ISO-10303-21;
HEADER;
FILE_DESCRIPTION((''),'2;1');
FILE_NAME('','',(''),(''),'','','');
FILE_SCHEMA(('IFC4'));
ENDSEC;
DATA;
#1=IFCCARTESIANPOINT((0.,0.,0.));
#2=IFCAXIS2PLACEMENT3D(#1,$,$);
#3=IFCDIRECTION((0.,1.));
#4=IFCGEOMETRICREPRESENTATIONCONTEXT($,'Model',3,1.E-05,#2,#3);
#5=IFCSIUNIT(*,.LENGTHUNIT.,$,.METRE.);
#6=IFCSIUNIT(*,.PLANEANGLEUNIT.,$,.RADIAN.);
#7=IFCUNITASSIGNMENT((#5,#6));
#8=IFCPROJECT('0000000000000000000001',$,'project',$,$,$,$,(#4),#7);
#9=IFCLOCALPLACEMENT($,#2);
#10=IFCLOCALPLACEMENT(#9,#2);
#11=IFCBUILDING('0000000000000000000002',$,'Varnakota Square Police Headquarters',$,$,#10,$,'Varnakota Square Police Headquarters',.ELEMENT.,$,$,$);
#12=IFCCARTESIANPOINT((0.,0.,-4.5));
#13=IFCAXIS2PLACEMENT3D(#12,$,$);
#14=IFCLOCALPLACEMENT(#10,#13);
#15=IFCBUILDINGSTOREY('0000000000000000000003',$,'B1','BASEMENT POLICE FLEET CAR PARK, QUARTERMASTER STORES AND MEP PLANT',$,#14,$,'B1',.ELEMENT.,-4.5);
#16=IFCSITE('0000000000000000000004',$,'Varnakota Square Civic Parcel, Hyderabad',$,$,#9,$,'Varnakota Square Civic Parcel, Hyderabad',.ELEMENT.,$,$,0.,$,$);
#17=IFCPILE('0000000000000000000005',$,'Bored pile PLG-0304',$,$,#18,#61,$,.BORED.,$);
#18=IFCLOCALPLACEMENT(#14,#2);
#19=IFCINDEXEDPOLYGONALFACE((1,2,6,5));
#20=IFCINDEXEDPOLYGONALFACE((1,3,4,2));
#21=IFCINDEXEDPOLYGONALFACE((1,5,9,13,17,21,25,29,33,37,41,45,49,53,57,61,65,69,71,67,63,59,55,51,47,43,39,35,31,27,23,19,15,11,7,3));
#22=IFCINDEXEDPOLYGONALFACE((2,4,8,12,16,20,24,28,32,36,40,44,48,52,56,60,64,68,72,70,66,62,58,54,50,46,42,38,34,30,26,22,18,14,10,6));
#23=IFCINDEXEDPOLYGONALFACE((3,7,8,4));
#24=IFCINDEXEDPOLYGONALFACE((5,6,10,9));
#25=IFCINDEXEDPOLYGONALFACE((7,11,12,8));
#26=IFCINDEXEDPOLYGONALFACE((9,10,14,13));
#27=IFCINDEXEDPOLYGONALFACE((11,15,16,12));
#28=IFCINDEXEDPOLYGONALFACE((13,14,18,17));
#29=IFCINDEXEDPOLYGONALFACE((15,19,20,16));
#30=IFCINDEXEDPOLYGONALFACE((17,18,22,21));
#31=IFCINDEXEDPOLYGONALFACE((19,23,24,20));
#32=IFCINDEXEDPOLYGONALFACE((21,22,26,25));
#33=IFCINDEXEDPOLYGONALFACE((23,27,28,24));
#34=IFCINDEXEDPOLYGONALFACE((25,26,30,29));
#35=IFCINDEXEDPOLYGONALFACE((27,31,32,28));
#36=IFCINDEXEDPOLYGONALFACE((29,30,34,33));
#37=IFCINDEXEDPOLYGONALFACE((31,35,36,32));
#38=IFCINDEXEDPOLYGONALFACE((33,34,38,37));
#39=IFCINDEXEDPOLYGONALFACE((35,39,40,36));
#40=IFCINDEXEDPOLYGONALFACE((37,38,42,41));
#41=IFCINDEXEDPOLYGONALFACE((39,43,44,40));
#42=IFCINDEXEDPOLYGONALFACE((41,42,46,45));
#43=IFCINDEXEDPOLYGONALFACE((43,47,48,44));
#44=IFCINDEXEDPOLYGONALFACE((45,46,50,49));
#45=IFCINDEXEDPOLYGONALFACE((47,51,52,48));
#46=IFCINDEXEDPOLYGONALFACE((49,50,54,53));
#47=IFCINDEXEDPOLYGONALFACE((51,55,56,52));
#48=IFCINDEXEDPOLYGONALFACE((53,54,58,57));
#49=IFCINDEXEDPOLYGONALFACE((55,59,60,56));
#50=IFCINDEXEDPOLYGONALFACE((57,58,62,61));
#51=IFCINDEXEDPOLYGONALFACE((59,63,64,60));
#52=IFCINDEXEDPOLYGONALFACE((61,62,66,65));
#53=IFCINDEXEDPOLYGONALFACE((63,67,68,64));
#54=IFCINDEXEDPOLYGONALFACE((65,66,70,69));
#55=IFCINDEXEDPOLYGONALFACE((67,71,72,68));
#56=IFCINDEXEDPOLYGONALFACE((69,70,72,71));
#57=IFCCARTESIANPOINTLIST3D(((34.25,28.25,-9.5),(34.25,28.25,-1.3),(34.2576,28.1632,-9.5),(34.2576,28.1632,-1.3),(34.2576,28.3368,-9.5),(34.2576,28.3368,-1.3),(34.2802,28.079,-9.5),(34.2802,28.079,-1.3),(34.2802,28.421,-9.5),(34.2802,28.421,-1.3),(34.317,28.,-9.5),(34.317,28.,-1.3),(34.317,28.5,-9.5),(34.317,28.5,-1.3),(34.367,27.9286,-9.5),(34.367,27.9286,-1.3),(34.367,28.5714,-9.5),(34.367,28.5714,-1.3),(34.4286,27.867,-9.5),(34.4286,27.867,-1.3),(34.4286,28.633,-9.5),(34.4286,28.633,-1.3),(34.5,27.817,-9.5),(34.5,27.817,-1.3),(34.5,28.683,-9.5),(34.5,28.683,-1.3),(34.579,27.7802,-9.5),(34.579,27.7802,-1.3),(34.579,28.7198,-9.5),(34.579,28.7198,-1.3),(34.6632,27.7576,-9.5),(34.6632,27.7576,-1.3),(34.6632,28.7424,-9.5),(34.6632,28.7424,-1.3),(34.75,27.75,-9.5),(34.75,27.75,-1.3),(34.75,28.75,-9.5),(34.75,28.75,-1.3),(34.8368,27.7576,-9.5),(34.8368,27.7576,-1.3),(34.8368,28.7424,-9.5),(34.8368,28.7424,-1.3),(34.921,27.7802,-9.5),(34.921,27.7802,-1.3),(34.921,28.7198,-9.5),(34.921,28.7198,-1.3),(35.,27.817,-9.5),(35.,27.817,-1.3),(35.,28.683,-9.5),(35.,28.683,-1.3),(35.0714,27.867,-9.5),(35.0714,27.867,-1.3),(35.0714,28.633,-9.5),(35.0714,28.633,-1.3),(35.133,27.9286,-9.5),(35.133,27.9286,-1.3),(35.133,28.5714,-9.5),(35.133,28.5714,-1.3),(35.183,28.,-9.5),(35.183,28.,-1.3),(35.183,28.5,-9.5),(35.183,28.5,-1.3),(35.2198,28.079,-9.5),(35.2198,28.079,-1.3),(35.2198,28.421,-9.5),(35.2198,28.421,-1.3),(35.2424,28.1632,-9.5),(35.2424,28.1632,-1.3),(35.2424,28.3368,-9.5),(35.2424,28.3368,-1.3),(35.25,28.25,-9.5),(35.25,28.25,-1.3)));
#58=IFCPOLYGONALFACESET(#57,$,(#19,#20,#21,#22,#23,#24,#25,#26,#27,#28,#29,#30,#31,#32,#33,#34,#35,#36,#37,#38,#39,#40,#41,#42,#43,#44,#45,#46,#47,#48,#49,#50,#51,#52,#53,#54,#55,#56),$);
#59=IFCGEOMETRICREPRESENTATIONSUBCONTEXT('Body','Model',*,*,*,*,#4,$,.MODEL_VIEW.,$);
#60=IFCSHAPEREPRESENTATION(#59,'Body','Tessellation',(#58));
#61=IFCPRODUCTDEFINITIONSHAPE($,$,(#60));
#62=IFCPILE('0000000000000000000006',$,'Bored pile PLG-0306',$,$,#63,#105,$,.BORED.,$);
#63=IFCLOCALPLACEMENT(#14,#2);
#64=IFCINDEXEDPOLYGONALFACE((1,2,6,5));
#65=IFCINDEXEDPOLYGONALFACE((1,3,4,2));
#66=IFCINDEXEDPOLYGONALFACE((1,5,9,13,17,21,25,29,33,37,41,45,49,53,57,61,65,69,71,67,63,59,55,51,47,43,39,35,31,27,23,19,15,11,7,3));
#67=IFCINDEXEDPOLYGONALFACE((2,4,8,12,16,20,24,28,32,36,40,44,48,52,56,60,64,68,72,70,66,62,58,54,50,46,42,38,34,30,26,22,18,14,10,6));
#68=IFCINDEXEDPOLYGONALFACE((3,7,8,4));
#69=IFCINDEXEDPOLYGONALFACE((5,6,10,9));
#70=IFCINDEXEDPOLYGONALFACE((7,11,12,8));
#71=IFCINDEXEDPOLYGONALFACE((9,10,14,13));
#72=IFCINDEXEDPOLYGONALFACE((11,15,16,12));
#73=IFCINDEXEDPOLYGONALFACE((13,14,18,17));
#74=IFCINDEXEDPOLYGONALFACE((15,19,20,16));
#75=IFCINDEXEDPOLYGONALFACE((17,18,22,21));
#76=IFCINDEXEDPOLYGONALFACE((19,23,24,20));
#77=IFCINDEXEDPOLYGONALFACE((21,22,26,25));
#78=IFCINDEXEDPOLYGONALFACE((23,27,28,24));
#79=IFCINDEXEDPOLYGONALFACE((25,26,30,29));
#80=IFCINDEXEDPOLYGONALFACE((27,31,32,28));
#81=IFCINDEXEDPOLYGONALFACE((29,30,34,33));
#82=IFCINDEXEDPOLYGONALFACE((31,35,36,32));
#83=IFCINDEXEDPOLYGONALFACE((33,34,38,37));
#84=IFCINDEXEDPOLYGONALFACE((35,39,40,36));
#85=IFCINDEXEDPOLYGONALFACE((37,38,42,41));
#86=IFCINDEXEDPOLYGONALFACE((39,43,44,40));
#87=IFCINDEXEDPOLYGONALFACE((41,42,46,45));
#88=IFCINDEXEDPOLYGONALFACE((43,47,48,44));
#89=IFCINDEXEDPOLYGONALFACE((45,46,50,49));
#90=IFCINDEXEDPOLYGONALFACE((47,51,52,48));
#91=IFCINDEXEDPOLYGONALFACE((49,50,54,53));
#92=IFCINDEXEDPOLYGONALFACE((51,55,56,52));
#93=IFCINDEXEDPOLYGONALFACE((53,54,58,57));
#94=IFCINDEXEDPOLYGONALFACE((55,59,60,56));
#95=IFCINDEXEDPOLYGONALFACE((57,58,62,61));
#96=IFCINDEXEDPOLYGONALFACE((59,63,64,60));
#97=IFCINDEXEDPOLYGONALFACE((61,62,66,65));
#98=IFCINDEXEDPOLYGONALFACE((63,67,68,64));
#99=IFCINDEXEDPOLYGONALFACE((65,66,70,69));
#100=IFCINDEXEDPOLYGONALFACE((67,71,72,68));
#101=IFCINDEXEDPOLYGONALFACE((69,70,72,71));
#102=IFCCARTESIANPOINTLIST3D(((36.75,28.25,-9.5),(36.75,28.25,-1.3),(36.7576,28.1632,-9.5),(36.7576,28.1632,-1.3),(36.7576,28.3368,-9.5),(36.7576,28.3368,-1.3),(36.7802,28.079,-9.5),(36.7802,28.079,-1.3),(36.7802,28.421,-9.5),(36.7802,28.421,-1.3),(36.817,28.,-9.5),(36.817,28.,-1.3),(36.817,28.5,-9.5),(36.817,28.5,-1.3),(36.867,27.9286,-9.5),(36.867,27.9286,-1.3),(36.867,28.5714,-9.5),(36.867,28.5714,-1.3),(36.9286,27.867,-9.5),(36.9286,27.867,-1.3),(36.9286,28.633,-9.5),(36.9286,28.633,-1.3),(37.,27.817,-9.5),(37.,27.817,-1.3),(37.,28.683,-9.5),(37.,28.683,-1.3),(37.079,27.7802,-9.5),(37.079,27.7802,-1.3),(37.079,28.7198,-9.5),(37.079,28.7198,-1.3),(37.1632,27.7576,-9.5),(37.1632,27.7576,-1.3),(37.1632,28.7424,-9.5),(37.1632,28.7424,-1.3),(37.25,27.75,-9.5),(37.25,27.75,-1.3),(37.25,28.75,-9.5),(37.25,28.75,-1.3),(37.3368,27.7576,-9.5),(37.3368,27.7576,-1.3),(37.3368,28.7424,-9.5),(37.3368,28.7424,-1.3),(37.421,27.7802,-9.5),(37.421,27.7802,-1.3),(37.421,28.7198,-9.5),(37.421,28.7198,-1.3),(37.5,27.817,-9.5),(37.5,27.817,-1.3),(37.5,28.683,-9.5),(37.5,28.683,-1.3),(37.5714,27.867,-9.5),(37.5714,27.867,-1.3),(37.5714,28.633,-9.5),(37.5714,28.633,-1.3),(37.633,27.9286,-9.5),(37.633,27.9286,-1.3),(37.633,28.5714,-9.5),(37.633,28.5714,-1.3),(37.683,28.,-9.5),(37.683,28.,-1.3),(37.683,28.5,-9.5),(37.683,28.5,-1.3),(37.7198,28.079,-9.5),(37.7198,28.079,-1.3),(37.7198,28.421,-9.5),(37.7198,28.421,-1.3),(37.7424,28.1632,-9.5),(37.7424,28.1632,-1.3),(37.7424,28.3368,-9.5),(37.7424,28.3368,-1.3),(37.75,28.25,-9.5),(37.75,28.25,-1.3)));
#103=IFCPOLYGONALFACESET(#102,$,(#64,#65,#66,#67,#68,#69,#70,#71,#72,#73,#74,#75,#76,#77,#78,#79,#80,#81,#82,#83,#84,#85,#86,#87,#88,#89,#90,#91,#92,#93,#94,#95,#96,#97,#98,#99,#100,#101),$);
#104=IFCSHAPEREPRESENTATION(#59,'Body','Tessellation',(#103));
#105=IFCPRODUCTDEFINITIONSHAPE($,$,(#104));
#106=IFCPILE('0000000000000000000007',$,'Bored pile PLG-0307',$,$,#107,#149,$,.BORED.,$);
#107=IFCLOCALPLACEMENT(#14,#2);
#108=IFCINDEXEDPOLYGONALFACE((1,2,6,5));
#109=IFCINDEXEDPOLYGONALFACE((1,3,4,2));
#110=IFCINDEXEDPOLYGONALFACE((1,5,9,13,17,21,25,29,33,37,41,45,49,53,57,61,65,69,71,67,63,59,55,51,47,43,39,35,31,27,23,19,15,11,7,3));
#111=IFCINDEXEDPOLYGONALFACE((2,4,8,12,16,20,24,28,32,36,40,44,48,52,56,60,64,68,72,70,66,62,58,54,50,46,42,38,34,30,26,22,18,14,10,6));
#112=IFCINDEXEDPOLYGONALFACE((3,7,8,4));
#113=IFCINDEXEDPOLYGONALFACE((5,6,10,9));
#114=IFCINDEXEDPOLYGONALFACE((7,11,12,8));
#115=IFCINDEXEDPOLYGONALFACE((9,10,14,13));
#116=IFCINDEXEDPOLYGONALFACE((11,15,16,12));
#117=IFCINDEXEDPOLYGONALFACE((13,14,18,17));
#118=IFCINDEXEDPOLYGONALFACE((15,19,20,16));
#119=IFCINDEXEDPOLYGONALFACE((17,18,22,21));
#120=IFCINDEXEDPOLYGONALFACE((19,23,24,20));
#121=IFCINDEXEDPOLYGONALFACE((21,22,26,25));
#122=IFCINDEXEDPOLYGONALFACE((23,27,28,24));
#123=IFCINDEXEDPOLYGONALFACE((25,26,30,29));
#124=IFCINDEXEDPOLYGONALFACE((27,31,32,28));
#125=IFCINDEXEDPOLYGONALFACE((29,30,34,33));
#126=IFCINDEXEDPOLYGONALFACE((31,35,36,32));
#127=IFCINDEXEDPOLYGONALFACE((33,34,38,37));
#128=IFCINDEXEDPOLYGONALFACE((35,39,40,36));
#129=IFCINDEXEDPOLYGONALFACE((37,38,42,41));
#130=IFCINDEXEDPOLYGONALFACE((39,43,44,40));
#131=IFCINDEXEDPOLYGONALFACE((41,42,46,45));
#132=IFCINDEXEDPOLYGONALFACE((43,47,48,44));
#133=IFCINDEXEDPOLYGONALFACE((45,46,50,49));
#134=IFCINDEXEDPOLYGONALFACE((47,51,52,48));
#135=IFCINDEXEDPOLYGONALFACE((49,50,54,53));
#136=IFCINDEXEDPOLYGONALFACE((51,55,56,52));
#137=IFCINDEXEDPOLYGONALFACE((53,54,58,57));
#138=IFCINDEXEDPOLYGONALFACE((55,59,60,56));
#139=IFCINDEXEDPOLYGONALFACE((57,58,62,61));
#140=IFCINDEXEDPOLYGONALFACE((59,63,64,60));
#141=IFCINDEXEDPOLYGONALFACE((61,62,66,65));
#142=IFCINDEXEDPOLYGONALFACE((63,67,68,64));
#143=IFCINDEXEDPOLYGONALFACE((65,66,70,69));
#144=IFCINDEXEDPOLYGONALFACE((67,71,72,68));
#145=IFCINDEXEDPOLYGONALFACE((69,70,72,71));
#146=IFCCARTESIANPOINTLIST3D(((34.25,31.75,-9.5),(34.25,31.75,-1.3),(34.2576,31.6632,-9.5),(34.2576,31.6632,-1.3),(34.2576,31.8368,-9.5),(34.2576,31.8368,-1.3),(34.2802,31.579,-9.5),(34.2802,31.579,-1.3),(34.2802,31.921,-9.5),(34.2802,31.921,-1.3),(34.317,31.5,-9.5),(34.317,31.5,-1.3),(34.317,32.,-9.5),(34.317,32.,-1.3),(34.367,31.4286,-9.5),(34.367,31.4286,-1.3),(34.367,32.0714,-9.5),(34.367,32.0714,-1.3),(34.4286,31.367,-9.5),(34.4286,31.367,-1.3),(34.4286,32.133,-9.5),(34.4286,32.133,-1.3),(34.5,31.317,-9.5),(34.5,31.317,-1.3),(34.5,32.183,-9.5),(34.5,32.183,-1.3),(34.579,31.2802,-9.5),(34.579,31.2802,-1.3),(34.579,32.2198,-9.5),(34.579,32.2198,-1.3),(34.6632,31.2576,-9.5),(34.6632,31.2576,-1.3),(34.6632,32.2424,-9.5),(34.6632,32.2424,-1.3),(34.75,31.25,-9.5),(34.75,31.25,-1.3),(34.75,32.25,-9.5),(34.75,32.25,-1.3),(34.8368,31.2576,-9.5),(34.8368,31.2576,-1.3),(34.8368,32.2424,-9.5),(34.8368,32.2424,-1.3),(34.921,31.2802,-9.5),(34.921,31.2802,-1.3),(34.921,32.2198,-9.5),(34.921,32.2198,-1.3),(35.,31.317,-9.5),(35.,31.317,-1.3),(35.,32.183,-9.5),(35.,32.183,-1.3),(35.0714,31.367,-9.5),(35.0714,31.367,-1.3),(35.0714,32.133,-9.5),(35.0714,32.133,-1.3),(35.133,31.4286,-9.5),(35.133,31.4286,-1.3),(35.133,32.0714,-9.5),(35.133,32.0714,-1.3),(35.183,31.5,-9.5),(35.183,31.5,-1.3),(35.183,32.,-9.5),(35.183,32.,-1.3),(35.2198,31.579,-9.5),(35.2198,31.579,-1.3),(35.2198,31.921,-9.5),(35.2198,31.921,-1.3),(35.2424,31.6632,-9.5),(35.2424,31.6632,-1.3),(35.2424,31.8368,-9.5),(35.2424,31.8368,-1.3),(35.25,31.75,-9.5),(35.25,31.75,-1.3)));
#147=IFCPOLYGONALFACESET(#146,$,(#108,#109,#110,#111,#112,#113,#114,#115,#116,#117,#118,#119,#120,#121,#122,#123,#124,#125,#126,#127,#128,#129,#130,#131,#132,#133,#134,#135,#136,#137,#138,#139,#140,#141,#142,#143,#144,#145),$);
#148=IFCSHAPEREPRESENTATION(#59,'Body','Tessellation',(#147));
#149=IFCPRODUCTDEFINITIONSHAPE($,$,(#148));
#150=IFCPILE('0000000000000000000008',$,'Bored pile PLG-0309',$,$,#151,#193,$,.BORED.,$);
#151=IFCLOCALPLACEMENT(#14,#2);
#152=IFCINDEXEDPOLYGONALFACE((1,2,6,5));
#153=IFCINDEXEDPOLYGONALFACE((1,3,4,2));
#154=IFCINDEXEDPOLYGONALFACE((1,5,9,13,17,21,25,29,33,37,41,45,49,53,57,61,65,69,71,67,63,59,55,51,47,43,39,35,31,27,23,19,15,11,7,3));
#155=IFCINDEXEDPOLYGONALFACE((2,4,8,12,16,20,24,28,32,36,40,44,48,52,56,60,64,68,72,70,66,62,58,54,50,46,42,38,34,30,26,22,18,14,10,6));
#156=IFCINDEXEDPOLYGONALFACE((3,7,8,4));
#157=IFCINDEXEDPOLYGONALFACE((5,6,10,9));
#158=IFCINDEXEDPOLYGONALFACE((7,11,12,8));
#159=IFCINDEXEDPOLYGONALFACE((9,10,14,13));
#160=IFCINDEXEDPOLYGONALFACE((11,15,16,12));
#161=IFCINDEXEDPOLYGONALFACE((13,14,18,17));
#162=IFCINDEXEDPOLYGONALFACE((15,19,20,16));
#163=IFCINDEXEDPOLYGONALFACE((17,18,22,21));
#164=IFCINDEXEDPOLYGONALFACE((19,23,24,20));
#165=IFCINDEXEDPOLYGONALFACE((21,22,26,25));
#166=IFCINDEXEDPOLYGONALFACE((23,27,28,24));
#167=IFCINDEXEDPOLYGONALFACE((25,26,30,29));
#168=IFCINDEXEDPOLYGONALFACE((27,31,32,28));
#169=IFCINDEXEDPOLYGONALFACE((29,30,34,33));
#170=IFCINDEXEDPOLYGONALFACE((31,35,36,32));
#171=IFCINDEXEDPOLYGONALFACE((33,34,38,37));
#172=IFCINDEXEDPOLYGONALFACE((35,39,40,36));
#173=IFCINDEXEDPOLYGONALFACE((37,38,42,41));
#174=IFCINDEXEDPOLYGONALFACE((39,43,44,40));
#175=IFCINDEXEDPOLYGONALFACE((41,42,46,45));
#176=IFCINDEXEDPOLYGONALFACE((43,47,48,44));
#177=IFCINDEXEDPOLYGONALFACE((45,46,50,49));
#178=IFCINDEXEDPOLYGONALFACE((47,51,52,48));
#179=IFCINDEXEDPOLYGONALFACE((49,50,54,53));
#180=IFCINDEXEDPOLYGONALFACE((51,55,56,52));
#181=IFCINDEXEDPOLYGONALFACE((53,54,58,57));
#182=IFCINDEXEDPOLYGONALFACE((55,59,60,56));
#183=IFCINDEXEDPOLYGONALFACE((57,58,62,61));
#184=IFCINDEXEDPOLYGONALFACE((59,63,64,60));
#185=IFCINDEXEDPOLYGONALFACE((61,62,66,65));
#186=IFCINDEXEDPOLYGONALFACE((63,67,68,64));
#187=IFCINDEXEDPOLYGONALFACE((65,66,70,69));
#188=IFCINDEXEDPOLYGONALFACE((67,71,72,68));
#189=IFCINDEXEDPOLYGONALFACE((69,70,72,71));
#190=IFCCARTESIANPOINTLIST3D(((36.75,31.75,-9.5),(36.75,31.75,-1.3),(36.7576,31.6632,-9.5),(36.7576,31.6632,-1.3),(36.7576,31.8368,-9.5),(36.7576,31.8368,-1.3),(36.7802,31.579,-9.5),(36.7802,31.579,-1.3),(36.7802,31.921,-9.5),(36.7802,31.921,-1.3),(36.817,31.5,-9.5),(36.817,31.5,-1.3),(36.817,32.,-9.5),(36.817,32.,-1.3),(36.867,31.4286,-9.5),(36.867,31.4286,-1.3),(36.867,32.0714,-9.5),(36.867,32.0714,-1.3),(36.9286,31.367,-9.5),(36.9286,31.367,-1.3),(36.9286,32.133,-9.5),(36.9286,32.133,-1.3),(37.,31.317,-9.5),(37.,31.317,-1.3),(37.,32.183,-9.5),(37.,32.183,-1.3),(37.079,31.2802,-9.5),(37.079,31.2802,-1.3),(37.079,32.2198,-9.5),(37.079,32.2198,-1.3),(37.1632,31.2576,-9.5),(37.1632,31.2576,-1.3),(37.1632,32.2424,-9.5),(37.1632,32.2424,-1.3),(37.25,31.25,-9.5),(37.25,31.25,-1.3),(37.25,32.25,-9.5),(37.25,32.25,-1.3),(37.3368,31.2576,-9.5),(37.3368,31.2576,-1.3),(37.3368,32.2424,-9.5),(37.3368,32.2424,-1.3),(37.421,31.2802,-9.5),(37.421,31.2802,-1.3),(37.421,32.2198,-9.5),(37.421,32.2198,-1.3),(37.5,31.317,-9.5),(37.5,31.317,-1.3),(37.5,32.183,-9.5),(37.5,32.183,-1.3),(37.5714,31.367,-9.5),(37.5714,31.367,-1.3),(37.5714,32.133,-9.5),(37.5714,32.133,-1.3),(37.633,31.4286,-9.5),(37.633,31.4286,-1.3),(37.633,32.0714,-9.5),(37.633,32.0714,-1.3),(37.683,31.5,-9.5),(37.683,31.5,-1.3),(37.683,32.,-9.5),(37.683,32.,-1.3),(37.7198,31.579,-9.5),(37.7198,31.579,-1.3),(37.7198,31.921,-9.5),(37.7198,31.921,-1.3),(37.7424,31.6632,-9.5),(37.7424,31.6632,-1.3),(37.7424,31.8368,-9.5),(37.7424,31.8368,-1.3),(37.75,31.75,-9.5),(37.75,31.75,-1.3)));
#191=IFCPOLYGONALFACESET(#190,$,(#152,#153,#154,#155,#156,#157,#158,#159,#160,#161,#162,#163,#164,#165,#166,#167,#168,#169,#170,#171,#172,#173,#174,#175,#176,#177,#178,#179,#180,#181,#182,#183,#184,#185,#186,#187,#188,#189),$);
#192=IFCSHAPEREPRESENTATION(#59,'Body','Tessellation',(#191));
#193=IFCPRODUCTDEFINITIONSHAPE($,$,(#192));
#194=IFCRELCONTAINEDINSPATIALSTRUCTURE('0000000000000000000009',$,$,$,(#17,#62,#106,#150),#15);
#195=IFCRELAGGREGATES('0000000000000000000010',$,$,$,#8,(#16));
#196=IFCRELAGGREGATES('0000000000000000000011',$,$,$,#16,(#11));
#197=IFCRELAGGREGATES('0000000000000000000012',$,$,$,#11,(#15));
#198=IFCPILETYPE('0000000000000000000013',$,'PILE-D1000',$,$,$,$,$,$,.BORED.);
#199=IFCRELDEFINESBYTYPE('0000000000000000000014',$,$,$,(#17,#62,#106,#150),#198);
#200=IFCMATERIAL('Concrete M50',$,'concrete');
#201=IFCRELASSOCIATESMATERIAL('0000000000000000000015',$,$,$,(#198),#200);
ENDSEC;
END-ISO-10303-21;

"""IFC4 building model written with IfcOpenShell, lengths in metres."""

from ifc_helpers import new_model, si_unit, direction, frame, origin, origin_2d, place, context, subcontext, project, spatial, circle, extrude, material, material_profile, profile_set, type_object, element, save


model = new_model("IFC4")

# Units and contexts
model_context = context("Model", 3, precision=1e-05, world=origin(), true_north=direction((0.0, 1.0)))
body_context = subcontext(model_context, "Body", "Model", "MODEL_VIEW")
ifc_project = project(units=[si_unit("LENGTHUNIT", "METRE"), si_unit("PLANEANGLEUNIT", "RADIAN")], contexts=[model_context])

# Site, building, storey
site_placement = place(None, origin())
site = spatial("IfcSite", under=ifc_project, at=site_placement, Name="Varnakota Square Civic Parcel, Hyderabad", LongName="Varnakota Square Civic Parcel, Hyderabad", CompositionType="ELEMENT", RefElevation=0.0)
building_placement = place(site_placement, origin())
building = spatial("IfcBuilding", under=site, at=building_placement, Name="Varnakota Square Police Headquarters", LongName="Varnakota Square Police Headquarters", CompositionType="ELEMENT")
storey_placement = place(building_placement, frame((0.0, 0.0, -4.5)))
storey = spatial("IfcBuildingStorey", under=building, at=storey_placement, Name="B1", Description="BASEMENT POLICE FLEET CAR PARK, QUARTERMASTER STORES AND MEP PLANT", LongName="B1", CompositionType="ELEMENT", Elevation=-4.5)

# Shared definitions
ifc_material_1 = material(Name="Concrete M50", Category="concrete")

# Piles
ifc_material_profile_1 = material_profile(ifc_material_1, circle(Radius=0.5, at=origin_2d()), Name="BORED PILE 1000")
ifc_profile_set_1 = profile_set([ifc_material_profile_1], Name="Concrete M50")
pile_type = type_object("IfcPileType", Name="PILE-D1000", PredefinedType="BORED", material=ifc_profile_set_1)
for number, where, z_axis, x_axis, name in (
    (1, (34.75, 28.25, -1.3), (0.0, 0.0, -1.0), (1.0, 0.0, 0.0), "Bored pile PLG-0304"),
    (2, (37.25, 28.25, -1.3), (0.0, 0.0, -1.0), (1.0, 0.0, 0.0), "Bored pile PLG-0306"),
    (3, (34.75, 31.75, -1.3), (0.0, 0.0, -1.0), (1.0, 0.0, 0.0), "Bored pile PLG-0307"),
    (4, (37.25, 31.75, -1.3), (0.0, 0.0, -1.0), (1.0, 0.0, 0.0), "Bored pile PLG-0309"),
):
    element("IfcPile", number, at=place(storey_placement, frame(where, z_axis=z_axis, x_axis=x_axis)), inside=storey, type_object=pile_type, Name=name, PredefinedType="BORED", context=body_context, shape_type="SweptSolid", body=[
        extrude(circle(Radius=0.5, at=origin_2d()), origin(), (0.0, 0.0, 1.0), 8.2),
    ])

save(model, "model.ifc")
